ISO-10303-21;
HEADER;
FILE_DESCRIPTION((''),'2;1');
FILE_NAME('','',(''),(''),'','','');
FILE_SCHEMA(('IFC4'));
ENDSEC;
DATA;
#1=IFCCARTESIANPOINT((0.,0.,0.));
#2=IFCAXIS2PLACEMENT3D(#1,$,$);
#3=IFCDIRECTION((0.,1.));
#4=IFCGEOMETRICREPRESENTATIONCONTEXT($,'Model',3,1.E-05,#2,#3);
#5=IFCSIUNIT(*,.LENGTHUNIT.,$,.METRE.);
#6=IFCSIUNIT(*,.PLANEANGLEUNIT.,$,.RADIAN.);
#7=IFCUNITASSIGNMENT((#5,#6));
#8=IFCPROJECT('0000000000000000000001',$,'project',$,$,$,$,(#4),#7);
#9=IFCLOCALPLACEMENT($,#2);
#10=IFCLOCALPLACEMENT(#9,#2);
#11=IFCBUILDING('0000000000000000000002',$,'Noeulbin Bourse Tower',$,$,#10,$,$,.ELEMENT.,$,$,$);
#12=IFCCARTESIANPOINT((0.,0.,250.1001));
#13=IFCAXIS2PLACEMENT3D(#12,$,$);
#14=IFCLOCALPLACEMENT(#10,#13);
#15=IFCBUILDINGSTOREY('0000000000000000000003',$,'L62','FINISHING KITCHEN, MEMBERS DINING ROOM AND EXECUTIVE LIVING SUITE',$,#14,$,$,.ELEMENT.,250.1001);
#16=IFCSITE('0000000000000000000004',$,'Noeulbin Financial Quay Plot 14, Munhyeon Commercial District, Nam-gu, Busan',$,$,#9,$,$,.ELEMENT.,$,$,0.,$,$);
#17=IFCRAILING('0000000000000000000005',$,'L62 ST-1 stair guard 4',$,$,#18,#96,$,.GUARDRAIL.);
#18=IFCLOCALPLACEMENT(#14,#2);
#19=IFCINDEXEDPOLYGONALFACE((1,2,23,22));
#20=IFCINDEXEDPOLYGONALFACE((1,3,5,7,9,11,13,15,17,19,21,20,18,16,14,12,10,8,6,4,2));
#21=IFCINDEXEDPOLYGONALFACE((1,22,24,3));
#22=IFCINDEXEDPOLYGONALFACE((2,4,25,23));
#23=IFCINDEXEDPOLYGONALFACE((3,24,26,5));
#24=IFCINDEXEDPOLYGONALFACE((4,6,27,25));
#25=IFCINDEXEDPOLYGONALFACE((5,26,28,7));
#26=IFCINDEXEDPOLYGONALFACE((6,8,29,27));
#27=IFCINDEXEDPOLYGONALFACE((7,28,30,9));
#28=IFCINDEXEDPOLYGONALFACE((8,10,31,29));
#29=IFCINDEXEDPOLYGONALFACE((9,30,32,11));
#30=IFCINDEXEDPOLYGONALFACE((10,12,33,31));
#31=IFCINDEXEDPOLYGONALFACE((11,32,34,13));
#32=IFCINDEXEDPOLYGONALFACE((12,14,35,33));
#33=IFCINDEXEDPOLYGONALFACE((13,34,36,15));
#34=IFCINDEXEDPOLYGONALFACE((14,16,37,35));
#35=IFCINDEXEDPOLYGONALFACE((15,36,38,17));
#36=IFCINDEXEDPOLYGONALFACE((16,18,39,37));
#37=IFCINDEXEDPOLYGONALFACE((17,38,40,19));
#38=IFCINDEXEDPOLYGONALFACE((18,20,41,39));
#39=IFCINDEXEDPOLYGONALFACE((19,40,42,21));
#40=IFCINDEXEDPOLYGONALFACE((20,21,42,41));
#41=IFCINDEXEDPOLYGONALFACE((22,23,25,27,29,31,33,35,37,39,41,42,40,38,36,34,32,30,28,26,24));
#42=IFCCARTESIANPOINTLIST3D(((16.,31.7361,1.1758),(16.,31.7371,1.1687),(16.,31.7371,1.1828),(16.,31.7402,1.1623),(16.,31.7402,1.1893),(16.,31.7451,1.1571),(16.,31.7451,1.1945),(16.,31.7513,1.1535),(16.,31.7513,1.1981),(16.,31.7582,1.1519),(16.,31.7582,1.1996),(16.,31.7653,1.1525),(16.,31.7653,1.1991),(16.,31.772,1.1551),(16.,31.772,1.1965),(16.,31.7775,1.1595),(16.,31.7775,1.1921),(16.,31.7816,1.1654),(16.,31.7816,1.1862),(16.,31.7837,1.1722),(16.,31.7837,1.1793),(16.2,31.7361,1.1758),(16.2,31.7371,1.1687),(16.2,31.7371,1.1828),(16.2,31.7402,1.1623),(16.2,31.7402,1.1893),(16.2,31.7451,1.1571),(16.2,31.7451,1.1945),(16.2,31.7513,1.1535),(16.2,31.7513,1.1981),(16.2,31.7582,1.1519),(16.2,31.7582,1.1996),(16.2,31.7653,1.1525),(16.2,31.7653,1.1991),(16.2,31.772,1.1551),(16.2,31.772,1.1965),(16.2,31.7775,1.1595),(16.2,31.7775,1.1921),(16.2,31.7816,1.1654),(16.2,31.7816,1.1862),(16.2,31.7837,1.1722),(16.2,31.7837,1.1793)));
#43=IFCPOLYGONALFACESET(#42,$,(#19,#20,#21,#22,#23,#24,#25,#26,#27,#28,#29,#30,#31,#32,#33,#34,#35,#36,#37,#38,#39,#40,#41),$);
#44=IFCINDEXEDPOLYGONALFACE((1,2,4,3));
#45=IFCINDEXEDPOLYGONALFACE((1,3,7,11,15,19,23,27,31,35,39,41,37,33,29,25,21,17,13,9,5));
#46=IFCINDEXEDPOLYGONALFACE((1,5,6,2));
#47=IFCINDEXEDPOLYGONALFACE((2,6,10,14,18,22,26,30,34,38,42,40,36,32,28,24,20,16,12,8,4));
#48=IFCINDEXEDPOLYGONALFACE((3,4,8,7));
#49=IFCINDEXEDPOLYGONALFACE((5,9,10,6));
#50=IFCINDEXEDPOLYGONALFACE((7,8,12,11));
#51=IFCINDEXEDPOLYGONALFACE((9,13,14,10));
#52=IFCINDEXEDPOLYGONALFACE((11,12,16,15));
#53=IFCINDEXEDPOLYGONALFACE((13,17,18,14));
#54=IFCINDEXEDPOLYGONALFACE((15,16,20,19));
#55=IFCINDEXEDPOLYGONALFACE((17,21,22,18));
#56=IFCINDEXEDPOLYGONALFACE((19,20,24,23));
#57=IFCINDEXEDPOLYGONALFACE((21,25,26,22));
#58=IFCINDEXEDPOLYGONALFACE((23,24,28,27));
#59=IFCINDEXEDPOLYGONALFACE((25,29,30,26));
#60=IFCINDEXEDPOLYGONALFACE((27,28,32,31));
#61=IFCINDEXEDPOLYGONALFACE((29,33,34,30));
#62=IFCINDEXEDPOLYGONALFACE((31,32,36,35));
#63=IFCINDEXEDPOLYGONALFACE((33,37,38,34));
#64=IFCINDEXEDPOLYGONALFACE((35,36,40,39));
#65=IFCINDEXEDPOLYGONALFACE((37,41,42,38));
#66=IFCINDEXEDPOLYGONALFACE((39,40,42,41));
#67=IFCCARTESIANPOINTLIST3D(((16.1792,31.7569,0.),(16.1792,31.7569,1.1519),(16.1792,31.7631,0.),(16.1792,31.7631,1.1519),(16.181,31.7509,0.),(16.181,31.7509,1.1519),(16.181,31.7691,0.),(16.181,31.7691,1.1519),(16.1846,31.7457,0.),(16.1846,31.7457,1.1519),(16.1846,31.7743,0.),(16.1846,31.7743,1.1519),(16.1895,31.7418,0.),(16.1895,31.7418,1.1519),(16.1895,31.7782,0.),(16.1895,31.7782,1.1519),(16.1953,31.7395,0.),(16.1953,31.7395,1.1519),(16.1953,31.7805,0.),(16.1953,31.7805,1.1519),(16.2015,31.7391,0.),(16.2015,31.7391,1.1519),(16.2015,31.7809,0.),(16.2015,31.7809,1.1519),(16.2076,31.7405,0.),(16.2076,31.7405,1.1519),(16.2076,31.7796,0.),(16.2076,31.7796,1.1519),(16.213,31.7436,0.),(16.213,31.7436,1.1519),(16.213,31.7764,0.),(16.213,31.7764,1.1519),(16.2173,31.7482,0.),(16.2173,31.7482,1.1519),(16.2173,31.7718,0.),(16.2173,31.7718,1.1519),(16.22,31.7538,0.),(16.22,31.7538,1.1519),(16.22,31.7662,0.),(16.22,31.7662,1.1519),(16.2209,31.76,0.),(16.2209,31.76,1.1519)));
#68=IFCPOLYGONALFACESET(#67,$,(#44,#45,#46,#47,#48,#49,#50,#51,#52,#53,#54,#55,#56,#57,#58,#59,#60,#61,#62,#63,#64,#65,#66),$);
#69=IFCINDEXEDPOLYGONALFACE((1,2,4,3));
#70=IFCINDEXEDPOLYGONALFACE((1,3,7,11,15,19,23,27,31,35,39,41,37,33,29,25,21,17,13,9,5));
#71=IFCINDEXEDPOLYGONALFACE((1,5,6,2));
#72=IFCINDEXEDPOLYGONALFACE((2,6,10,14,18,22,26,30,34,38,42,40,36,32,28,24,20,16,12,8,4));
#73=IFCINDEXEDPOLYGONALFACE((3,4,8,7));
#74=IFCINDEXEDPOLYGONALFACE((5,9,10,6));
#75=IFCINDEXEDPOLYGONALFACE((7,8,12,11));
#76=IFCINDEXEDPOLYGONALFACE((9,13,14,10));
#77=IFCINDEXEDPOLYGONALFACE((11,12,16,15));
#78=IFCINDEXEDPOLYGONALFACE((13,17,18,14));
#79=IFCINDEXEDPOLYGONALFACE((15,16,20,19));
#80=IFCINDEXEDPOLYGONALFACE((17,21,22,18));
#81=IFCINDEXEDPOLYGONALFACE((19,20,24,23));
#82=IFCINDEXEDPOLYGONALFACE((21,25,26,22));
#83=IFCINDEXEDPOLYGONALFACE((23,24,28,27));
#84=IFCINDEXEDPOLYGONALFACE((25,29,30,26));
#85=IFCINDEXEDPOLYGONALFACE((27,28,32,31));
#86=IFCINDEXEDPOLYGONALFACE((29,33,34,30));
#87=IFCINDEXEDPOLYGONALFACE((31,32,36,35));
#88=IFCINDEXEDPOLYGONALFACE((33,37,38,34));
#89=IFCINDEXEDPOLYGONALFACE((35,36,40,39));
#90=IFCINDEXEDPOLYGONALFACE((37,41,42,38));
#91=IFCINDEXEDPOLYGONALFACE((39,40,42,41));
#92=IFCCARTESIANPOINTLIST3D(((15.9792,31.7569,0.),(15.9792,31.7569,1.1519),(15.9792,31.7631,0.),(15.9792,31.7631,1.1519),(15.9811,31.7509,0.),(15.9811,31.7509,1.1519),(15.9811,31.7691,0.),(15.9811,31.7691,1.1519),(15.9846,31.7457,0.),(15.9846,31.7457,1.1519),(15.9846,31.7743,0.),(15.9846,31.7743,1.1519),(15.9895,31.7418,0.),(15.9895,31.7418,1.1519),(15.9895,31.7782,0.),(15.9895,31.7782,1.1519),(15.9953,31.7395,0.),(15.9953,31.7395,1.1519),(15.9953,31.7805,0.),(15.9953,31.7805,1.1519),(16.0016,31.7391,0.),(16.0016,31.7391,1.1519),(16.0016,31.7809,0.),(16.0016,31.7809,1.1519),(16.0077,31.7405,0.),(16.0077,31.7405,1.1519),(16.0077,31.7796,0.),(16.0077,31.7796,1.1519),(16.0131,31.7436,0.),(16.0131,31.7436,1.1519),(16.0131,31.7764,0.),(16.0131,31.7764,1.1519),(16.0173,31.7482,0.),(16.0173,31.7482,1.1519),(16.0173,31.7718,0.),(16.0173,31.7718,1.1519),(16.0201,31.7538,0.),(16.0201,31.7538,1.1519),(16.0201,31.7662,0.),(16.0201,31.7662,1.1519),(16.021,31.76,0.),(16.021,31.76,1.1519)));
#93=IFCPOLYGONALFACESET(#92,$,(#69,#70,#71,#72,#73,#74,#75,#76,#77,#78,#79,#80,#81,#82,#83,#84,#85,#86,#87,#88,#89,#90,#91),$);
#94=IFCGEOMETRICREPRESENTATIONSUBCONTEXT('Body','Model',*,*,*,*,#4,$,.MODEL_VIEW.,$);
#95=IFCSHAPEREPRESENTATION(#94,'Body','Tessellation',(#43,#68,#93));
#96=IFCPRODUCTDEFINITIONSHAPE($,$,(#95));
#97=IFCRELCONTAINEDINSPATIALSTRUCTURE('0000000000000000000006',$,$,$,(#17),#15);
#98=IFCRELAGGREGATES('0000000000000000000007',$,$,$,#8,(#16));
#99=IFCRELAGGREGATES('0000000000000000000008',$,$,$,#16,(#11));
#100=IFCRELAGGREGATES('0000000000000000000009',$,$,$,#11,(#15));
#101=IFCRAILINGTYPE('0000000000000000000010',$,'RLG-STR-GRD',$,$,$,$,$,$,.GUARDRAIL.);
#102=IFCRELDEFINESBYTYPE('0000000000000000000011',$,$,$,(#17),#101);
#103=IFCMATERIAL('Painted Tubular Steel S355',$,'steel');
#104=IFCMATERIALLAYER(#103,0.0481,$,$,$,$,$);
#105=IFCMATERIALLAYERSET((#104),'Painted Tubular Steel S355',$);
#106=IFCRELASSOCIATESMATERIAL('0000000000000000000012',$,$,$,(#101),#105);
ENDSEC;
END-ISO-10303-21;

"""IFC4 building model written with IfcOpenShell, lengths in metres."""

from ifc_helpers import new_model, si_unit, direction, frame, origin, origin_2d, place, context, subcontext, project, spatial, circle, extrude, material, layer, layer_set, type_object, element, save


model = new_model("IFC4")

# Units and contexts
model_context = context("Model", 3, precision=1e-05, world=origin(), true_north=direction((0.0, 1.0)))
body_context = subcontext(model_context, "Body", "Model", "MODEL_VIEW")
ifc_project = project(units=[si_unit("LENGTHUNIT", "METRE"), si_unit("PLANEANGLEUNIT", "RADIAN")], contexts=[model_context])

# Site, building, storey
site_placement = place(None, origin())
site = spatial("IfcSite", under=ifc_project, at=site_placement, Name="Noeulbin Financial Quay Plot 14, Munhyeon Commercial District, Nam-gu, Busan", CompositionType="ELEMENT", RefElevation=0.0)
building_placement = place(site_placement, origin())
building = spatial("IfcBuilding", under=site, at=building_placement, Name="Noeulbin Bourse Tower", CompositionType="ELEMENT")
storey_placement = place(building_placement, frame((0.0, 0.0, 250.1001)))
storey = spatial("IfcBuildingStorey", under=building, at=storey_placement, Name="L62", Description="FINISHING KITCHEN, MEMBERS DINING ROOM AND EXECUTIVE LIVING SUITE", CompositionType="ELEMENT", Elevation=250.1001)

# Railing
ifc_material_1 = material(Name="Painted Tubular Steel S355", Category="steel")
ifc_layer_1 = layer(ifc_material_1, 0.0481)
ifc_layer_set_1 = layer_set([ifc_layer_1], Name="Painted Tubular Steel S355")
railing_type_1 = type_object("IfcRailingType", Name="RLG-STR-GRD", PredefinedType="GUARDRAIL", material=ifc_layer_set_1)
railing_1_placement = place(storey_placement, frame((16.2, 31.76, 0.0)))
element("IfcRailing", 1, at=railing_1_placement, inside=storey, type_object=railing_type_1, Name="L62 ST-1 stair guard 4", PredefinedType="GUARDRAIL", context=body_context, shape_type="SweptSolid", body=[
    extrude(circle(Radius=0.0239, at=origin_2d()), frame((0.0, 0.0, 1.1758), z_axis=(-1.0, 0.0, 0.0), x_axis=(0.0, -1.0, 0.0)), (0.0, 0.0, 1.0), 0.2),
    extrude(circle(Radius=0.021, at=origin_2d()), origin(), (0.0, 0.0, 1.0), 1.1519),
    extrude(circle(Radius=0.021, at=origin_2d()), frame((-0.2, 0.0, 0.0)), (0.0, 0.0, 1.0), 1.1519),
])

save(model, "model.ifc")
